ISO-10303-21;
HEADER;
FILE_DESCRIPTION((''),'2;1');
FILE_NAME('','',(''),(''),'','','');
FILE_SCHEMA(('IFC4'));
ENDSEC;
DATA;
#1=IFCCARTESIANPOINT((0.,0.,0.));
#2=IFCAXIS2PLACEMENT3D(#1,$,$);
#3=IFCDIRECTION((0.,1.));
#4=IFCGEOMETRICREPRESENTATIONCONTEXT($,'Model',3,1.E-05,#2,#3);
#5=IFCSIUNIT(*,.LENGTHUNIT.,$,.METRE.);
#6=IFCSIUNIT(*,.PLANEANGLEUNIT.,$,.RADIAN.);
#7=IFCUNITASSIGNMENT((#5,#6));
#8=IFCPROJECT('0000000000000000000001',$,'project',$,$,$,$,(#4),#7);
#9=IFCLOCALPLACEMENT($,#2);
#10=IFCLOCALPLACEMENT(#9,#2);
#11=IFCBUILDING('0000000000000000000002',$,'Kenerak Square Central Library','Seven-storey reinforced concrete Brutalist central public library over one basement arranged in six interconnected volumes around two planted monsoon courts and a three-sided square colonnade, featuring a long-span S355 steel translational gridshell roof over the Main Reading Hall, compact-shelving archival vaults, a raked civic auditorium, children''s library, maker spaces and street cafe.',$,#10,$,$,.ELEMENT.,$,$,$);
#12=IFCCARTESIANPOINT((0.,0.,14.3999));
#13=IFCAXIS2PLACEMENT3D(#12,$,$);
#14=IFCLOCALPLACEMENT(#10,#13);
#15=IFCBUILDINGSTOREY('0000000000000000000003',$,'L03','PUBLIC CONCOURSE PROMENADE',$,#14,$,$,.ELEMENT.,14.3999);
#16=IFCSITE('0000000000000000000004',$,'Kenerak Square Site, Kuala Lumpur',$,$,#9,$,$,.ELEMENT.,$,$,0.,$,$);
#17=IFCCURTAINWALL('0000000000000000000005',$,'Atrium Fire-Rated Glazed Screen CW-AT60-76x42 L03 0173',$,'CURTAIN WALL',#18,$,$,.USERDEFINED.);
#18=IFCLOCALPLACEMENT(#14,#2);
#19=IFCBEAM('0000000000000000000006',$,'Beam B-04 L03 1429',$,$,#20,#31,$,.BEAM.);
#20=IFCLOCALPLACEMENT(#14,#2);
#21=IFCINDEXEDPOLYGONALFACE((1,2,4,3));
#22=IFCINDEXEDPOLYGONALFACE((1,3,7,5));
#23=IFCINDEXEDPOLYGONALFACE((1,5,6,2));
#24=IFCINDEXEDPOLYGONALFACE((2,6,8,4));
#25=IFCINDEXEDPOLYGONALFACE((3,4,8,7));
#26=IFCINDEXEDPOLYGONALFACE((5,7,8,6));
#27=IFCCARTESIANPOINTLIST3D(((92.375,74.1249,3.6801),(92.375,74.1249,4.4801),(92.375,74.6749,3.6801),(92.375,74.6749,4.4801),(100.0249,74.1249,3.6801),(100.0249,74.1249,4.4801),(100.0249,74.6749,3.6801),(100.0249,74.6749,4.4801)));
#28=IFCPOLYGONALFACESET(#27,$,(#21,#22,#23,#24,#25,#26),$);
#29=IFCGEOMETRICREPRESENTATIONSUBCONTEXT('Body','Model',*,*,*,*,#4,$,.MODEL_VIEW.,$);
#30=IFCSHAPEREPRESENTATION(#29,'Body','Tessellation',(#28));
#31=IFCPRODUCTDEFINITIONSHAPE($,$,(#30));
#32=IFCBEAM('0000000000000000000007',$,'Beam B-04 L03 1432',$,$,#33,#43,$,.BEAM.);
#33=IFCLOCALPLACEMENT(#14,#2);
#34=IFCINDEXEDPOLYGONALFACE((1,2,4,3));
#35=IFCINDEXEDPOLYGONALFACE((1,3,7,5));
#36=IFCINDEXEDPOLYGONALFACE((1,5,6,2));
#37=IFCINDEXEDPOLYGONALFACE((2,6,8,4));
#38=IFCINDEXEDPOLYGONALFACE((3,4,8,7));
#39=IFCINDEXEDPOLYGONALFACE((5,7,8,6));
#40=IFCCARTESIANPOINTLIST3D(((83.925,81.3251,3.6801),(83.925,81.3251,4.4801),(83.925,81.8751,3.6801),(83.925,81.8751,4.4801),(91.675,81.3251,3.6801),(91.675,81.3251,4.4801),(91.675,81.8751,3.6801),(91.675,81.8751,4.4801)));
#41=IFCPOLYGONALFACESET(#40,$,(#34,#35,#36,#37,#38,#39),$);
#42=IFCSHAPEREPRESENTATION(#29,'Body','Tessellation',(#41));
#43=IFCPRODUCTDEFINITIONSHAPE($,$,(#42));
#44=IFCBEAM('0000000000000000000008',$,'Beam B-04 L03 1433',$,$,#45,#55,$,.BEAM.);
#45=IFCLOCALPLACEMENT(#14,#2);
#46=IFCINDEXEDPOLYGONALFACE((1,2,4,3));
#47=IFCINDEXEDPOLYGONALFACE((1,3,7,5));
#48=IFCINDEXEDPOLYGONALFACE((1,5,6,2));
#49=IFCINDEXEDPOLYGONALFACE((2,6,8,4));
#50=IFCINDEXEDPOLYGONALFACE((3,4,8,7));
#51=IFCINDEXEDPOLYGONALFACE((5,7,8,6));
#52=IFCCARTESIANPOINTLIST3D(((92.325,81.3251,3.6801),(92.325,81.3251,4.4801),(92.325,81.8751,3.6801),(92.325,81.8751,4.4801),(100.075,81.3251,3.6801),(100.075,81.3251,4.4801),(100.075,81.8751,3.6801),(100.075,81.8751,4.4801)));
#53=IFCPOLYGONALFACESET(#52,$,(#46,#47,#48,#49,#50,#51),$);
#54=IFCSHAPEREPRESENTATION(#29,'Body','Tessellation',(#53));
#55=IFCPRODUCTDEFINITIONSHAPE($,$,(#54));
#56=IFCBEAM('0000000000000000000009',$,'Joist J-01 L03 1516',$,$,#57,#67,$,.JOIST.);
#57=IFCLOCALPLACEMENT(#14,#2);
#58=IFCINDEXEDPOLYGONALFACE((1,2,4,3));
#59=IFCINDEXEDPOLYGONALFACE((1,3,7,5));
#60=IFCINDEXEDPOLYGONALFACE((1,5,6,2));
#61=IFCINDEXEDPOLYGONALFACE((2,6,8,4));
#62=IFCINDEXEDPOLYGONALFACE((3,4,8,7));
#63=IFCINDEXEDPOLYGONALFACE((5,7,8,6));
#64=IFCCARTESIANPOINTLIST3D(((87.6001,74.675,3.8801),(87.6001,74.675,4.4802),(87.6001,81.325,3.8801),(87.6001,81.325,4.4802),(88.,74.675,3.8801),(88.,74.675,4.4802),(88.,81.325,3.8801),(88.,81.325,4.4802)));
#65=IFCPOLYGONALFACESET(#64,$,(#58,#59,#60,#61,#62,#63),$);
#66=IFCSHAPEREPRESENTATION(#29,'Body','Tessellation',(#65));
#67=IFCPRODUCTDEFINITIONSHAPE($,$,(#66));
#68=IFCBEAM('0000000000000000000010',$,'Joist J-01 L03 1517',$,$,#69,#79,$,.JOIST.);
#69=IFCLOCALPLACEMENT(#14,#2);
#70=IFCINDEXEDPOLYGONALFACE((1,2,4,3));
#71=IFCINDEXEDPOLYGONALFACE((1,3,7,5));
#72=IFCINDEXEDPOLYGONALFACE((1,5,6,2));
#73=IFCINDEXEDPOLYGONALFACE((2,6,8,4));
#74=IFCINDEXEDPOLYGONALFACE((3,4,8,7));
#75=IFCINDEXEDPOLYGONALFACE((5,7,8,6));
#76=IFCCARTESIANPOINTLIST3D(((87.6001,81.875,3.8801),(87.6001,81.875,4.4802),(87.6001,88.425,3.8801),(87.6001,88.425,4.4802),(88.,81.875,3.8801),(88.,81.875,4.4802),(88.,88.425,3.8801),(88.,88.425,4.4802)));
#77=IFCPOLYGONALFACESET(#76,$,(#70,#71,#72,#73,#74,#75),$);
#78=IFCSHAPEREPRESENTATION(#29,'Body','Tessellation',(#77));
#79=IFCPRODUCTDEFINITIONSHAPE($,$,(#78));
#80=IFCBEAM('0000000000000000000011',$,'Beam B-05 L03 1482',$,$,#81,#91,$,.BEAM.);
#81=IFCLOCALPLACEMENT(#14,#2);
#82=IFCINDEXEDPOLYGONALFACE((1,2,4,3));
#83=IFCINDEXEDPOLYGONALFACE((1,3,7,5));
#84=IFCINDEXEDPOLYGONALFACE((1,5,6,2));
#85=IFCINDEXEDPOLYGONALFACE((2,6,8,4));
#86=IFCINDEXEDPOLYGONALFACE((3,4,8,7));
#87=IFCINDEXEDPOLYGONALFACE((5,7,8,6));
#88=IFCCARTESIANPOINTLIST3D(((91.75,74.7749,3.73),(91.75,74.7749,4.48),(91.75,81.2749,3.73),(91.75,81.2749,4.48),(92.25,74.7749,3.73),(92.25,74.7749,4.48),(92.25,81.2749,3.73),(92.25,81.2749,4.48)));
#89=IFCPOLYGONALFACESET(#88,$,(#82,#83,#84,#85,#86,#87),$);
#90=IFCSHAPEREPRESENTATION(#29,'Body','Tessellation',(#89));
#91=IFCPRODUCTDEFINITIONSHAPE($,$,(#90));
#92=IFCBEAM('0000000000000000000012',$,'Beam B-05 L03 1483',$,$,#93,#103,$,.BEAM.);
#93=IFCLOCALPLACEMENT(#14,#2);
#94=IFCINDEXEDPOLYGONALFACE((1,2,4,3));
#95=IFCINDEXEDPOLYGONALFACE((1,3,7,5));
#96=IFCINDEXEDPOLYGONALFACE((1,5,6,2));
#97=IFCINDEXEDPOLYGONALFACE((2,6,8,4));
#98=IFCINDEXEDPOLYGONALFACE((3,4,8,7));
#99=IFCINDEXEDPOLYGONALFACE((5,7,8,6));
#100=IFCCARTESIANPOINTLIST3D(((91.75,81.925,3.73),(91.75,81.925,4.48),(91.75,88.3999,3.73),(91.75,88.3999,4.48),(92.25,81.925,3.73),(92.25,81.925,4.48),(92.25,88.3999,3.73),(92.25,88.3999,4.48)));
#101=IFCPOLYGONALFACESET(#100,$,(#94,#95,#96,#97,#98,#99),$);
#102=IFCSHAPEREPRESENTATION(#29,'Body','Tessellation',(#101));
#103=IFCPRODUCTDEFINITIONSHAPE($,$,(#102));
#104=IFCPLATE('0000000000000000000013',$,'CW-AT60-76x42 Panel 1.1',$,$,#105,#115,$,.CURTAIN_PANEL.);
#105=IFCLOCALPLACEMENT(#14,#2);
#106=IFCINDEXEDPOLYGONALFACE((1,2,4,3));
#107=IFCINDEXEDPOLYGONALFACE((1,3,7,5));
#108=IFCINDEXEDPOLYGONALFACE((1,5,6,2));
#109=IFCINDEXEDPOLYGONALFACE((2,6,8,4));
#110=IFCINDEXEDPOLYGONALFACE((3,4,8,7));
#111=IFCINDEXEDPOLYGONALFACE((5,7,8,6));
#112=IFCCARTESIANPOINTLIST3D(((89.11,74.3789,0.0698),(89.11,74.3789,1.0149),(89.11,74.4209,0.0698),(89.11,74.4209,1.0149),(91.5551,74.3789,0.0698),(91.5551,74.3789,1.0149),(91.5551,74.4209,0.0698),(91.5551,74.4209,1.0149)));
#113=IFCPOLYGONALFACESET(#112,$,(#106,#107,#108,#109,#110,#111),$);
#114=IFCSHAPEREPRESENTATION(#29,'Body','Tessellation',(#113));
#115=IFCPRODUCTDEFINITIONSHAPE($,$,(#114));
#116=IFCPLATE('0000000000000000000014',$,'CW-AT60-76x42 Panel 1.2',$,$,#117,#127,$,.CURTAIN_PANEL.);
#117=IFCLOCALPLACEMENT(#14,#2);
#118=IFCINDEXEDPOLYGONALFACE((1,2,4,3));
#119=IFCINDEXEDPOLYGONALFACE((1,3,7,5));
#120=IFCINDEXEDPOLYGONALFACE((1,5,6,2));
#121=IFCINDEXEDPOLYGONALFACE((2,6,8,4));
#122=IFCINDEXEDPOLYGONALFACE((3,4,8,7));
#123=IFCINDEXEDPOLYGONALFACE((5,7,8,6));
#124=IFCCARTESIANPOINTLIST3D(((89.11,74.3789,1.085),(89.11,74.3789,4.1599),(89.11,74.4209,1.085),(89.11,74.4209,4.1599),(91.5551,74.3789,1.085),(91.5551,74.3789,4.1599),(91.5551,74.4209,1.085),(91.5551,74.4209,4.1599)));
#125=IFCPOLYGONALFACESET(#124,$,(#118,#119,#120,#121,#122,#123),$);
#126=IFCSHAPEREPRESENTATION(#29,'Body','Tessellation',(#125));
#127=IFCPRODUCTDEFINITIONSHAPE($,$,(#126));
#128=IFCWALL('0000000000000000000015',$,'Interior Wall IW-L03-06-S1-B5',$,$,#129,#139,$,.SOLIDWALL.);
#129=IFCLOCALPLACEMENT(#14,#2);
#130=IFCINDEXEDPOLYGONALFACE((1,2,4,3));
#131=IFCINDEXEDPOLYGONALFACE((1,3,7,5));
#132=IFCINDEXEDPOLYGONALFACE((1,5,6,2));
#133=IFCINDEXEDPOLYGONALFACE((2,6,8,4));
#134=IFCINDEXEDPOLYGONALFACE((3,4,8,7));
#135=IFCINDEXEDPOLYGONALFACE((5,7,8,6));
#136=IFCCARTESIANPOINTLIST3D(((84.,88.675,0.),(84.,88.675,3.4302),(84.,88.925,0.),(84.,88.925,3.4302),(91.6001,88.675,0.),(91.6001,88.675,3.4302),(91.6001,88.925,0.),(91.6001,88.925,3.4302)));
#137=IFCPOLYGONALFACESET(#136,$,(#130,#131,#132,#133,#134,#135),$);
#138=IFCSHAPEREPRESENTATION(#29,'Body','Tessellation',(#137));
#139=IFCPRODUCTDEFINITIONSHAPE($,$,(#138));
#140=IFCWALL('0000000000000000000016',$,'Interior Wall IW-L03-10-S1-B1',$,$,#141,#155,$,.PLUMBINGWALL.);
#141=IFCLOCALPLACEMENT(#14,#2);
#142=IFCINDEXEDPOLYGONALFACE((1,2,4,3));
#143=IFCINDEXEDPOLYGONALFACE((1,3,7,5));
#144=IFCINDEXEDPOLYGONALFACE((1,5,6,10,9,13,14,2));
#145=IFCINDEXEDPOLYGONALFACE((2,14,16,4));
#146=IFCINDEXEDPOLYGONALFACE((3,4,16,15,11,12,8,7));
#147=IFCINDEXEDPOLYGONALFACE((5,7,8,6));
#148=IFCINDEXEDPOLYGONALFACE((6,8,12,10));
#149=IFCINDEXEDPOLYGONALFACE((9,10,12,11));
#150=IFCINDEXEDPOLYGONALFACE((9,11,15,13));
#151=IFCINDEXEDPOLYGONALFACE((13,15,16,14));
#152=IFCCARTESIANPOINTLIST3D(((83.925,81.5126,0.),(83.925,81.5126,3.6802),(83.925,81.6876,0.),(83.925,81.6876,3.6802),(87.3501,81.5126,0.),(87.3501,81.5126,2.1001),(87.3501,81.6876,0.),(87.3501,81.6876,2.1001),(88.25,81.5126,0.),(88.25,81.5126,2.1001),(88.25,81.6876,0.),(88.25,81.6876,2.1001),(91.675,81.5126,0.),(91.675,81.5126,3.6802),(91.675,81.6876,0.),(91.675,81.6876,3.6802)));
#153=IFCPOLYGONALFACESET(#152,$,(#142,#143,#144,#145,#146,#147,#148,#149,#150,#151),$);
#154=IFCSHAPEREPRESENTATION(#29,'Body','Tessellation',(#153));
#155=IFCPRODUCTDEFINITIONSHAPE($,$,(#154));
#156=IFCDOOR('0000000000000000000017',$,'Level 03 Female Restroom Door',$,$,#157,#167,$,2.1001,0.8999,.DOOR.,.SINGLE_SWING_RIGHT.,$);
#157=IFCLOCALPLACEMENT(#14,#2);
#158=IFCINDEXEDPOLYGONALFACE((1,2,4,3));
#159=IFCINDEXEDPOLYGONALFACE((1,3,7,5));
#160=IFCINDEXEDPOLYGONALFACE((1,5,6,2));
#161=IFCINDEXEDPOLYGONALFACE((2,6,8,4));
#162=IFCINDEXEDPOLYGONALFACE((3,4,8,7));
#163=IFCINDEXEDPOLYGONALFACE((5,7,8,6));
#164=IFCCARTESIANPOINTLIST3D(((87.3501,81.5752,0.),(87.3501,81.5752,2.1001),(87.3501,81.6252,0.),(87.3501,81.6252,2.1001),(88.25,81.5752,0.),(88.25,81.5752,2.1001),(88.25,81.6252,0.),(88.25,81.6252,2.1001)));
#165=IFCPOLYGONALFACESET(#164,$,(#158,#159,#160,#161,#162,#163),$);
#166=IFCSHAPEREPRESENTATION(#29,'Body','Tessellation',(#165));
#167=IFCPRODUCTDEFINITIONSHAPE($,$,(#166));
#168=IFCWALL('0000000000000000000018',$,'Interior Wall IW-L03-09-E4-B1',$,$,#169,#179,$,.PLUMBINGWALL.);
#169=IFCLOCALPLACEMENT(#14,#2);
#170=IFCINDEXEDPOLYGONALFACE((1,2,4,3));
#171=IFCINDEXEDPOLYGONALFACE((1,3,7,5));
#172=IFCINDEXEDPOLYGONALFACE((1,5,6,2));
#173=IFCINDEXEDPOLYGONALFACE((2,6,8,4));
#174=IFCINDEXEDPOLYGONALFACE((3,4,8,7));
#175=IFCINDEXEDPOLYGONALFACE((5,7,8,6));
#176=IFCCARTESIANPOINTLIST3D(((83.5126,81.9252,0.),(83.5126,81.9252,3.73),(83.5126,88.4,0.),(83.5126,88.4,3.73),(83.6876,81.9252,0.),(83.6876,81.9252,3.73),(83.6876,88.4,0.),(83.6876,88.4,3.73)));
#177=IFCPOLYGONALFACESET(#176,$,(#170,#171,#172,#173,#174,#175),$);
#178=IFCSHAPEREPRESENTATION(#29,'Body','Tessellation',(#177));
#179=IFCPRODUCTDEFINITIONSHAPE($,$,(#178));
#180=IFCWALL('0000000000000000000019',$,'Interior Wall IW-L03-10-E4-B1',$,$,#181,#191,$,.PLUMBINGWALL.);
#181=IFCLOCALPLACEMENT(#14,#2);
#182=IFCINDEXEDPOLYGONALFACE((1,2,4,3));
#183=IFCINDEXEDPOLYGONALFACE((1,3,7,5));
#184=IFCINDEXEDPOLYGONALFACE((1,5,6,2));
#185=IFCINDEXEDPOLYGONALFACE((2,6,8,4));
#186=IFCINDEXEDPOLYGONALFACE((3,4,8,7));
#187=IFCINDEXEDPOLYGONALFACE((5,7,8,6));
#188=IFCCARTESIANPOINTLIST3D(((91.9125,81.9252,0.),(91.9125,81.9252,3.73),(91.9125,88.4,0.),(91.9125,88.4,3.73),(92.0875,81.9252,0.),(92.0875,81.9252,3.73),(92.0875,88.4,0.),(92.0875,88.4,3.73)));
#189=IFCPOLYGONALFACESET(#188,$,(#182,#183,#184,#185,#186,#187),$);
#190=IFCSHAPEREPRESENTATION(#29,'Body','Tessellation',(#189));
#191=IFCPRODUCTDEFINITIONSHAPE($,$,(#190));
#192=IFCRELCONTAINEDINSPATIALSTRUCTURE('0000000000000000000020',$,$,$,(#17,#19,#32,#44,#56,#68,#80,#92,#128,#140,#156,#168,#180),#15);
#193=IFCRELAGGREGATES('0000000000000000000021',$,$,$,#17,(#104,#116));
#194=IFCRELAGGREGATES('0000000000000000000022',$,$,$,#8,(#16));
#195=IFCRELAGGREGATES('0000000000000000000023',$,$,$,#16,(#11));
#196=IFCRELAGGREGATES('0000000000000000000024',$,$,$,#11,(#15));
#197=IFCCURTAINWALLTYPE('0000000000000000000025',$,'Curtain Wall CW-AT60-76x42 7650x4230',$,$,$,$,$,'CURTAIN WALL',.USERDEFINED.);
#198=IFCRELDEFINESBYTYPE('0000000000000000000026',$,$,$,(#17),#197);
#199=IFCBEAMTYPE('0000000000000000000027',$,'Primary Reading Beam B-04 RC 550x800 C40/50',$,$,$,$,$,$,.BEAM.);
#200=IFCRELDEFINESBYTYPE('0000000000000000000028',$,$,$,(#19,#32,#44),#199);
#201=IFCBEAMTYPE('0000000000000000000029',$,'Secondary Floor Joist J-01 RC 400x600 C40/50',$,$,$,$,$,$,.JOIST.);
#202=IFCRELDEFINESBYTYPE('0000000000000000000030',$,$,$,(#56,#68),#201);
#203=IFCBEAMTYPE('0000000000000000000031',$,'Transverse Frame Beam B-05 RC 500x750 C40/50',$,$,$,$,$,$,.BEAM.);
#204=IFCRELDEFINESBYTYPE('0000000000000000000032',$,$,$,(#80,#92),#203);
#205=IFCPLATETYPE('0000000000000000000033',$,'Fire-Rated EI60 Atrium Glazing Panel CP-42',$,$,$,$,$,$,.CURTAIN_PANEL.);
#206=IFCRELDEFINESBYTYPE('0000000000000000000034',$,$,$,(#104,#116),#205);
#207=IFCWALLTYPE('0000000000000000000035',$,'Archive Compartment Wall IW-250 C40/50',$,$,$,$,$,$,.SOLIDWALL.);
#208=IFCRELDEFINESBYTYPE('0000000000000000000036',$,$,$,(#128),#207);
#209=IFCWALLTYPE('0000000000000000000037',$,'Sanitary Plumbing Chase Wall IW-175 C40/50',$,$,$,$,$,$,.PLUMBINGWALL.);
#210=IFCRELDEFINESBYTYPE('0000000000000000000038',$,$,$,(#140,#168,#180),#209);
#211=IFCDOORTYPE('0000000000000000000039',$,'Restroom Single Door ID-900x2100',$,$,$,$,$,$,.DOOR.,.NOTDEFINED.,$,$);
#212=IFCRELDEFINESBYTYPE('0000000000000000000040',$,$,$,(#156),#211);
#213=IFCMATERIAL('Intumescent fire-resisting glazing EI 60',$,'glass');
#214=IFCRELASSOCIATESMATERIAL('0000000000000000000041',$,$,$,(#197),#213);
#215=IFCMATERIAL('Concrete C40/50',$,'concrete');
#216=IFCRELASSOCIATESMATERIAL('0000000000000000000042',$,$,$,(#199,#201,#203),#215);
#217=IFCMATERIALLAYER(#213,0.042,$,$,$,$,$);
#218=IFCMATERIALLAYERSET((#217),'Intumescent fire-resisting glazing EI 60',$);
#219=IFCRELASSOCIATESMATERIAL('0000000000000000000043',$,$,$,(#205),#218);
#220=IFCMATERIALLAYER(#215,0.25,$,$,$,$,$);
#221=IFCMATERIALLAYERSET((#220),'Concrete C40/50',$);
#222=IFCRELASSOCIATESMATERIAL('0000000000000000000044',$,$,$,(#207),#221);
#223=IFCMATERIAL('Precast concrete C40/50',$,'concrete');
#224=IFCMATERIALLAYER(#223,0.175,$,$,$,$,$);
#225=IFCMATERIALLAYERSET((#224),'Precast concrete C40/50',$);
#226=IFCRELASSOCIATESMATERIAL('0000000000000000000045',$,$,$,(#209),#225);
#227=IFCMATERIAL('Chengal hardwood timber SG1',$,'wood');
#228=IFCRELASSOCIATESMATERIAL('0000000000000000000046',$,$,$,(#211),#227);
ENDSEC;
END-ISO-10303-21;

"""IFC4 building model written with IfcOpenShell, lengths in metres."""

from ifc_helpers import new_model, si_unit, direction, frame, frame_2d, origin, origin_2d, place, context, subcontext, project, spatial, rectangle, extrude, material, layer, layer_set, material_profile, profile_set, type_object, element, fill, aggregate, save


model = new_model("IFC4")

# Units and contexts
model_context = context("Model", 3, precision=1e-05, world=origin(), true_north=direction((0.0, 1.0)))
body_context = subcontext(model_context, "Body", "Model", "MODEL_VIEW")
ifc_project = project(units=[si_unit("LENGTHUNIT", "METRE"), si_unit("PLANEANGLEUNIT", "RADIAN")], contexts=[model_context])

# Site, building, storey
site_placement = place(None, origin())
site = spatial("IfcSite", under=ifc_project, at=site_placement, Name="Kenerak Square Site, Kuala Lumpur", CompositionType="ELEMENT", RefElevation=0.0)
building_placement = place(site_placement, origin())
building = spatial("IfcBuilding", under=site, at=building_placement, Name="Kenerak Square Central Library", Description="Seven-storey reinforced concrete Brutalist central public library over one basement arranged in six interconnected volumes around two planted monsoon courts and a three-sided square colonnade, featuring a long-span S355 steel translational gridshell roof over the Main Reading Hall, compact-shelving archival vaults, a raked civic auditorium, children's library, maker spaces and street cafe.", CompositionType="ELEMENT")
storey_placement = place(building_placement, frame((0.0, 0.0, 14.3999)))
storey = spatial("IfcBuildingStorey", under=building, at=storey_placement, Name="L03", Description="PUBLIC CONCOURSE PROMENADE", CompositionType="ELEMENT", Elevation=14.3999)

# Shared definitions
ifc_material_1 = material(Name="Concrete C40/50", Category="concrete")

# Shared definitions
ifc_material_2 = material(Name="Intumescent fire-resisting glazing EI 60", Category="glass")
curtain_wall_type = type_object("IfcCurtainWallType", Name="Curtain Wall CW-AT60-76x42 7650x4230", ElementType="CURTAIN WALL", PredefinedType="USERDEFINED", material=ifc_material_2)

# Curtain wall
curtain_wall_1_placement = place(storey_placement, origin())
curtain_wall_1 = element("IfcCurtainWall", 1, at=curtain_wall_1_placement, inside=storey, type_object=curtain_wall_type, Name="Atrium Fire-Rated Glazed Screen CW-AT60-76x42 L03 0173", ObjectType="CURTAIN WALL", PredefinedType="USERDEFINED")

# Beams
ifc_material_profile_1 = material_profile(ifc_material_1, rectangle(XDim=0.55, YDim=0.8, at=origin_2d()), Name="RC 550x800")
ifc_profile_set_1 = profile_set([ifc_material_profile_1], Name="Concrete C40/50")
beam_type_1 = type_object("IfcBeamType", Name="Primary Reading Beam B-04 RC 550x800 C40/50", PredefinedType="BEAM", material=ifc_profile_set_1)
beam_1_placement = place(storey_placement, frame((92.375, 74.3999, 4.0801), z_axis=(1.0, 0.0, 0.0), x_axis=(0.0, 1.0, 0.0)))
element("IfcBeam", 2, at=beam_1_placement, inside=storey, type_object=beam_type_1, Name="Beam B-04 L03 1429", PredefinedType="BEAM", context=body_context, shape_type="SweptSolid", body=[
    extrude(rectangle(XDim=0.55, YDim=0.8, at=origin_2d()), origin(), (0.0, 0.0, 1.0), 7.6499),
])
for number, where, z_axis, x_axis, name in (
    (3, (83.925, 81.6001, 4.0801), (1.0, 0.0, 0.0), (0.0, 1.0, 0.0), "Beam B-04 L03 1432"),
    (4, (92.325, 81.6001, 4.0801), (1.0, 0.0, 0.0), (0.0, 1.0, 0.0), "Beam B-04 L03 1433"),
):
    element("IfcBeam", number, at=place(storey_placement, frame(where, z_axis=z_axis, x_axis=x_axis)), inside=storey, type_object=beam_type_1, Name=name, PredefinedType="BEAM", context=body_context, shape_type="SweptSolid", body=[
        extrude(rectangle(XDim=0.55, YDim=0.8, at=origin_2d()), origin(), (0.0, 0.0, 1.0), 7.75),
    ])
ifc_material_profile_2 = material_profile(ifc_material_1, rectangle(XDim=0.3999, YDim=0.6001, at=origin_2d()), Name="RC 400x600")
ifc_profile_set_2 = profile_set([ifc_material_profile_2], Name="Concrete C40/50")
beam_type_2 = type_object("IfcBeamType", Name="Secondary Floor Joist J-01 RC 400x600 C40/50", PredefinedType="JOIST", material=ifc_profile_set_2)
beam_2_placement = place(storey_placement, frame((87.8, 74.675, 4.1802), z_axis=(0.0, 1.0, 0.0), x_axis=(-1.0, 0.0, 0.0)))
element("IfcBeam", 5, at=beam_2_placement, inside=storey, type_object=beam_type_2, Name="Joist J-01 L03 1516", PredefinedType="JOIST", context=body_context, shape_type="SweptSolid", body=[
    extrude(rectangle(XDim=0.3999, YDim=0.6001, at=origin_2d()), origin(), (0.0, 0.0, 1.0), 6.6499),
])
beam_3_placement = place(storey_placement, frame((87.8, 81.875, 4.1802), z_axis=(0.0, 1.0, 0.0), x_axis=(-1.0, 0.0, 0.0)))
element("IfcBeam", 6, at=beam_3_placement, inside=storey, type_object=beam_type_2, Name="Joist J-01 L03 1517", PredefinedType="JOIST", context=body_context, shape_type="SweptSolid", body=[
    extrude(rectangle(XDim=0.3999, YDim=0.6001, at=origin_2d()), origin(), (0.0, 0.0, 1.0), 6.55),
])
ifc_material_profile_3 = material_profile(ifc_material_1, rectangle(XDim=0.5, YDim=0.75, at=origin_2d()), Name="RC 500x750")
ifc_profile_set_3 = profile_set([ifc_material_profile_3], Name="Concrete C40/50")
beam_type_3 = type_object("IfcBeamType", Name="Transverse Frame Beam B-05 RC 500x750 C40/50", PredefinedType="BEAM", material=ifc_profile_set_3)
beam_4_placement = place(storey_placement, frame((92.0, 74.7749, 4.105), z_axis=(0.0, 1.0, 0.0), x_axis=(-1.0, 0.0, 0.0)))
element("IfcBeam", 7, at=beam_4_placement, inside=storey, type_object=beam_type_3, Name="Beam B-05 L03 1482", PredefinedType="BEAM", context=body_context, shape_type="SweptSolid", body=[
    extrude(rectangle(XDim=0.5, YDim=0.75, at=origin_2d()), origin(), (0.0, 0.0, 1.0), 6.5),
])
beam_5_placement = place(storey_placement, frame((92.0, 81.925, 4.105), z_axis=(0.0, 1.0, 0.0), x_axis=(-1.0, 0.0, 0.0)))
element("IfcBeam", 8, at=beam_5_placement, inside=storey, type_object=beam_type_3, Name="Beam B-05 L03 1483", PredefinedType="BEAM", context=body_context, shape_type="SweptSolid", body=[
    extrude(rectangle(XDim=0.5, YDim=0.75, at=origin_2d()), origin(), (0.0, 0.0, 1.0), 6.4749),
])

# Plates
ifc_layer_1 = layer(ifc_material_2, 0.042)
ifc_layer_set_1 = layer_set([ifc_layer_1], Name="Intumescent fire-resisting glazing EI 60")
plate_type = type_object("IfcPlateType", Name="Fire-Rated EI60 Atrium Glazing Panel CP-42", PredefinedType="CURTAIN_PANEL", material=ifc_layer_set_1)
plate_1_placement = place(storey_placement, frame((90.3325, 74.3999, 0.0698), z_axis=(0.0, 0.0, 1.0), x_axis=(-1.0, 0.0, 0.0)))
plate_1 = element("IfcPlate", 9, at=plate_1_placement, type_object=plate_type, Name="CW-AT60-76x42 Panel 1.1", PredefinedType="CURTAIN_PANEL", context=body_context, shape_type="SweptSolid", body=[
    extrude(rectangle(XDim=2.4451, YDim=0.042, at=origin_2d()), origin(), (0.0, 0.0, 1.0), 0.9451),
])
plate_2_placement = place(storey_placement, frame((90.3325, 74.3999, 1.085), z_axis=(0.0, 0.0, 1.0), x_axis=(-1.0, 0.0, 0.0)))
plate_2 = element("IfcPlate", 10, at=plate_2_placement, type_object=plate_type, Name="CW-AT60-76x42 Panel 1.2", PredefinedType="CURTAIN_PANEL", context=body_context, shape_type="SweptSolid", body=[
    extrude(rectangle(XDim=2.4451, YDim=0.042, at=origin_2d()), origin(), (0.0, 0.0, 1.0), 3.075),
])
aggregate(curtain_wall_1, [plate_1, plate_2])

# Wall
ifc_layer_2 = layer(ifc_material_1, 0.25)
ifc_layer_set_2 = layer_set([ifc_layer_2], Name="Concrete C40/50")
wall_type_1 = type_object("IfcWallType", Name="Archive Compartment Wall IW-250 C40/50", PredefinedType="SOLIDWALL", material=ifc_layer_set_2)
wall_1_placement = place(storey_placement, frame((91.6001, 88.8, 0.0), z_axis=(0.0, 0.0, 1.0), x_axis=(-1.0, 0.0, 0.0)))
element("IfcWall", 11, at=wall_1_placement, inside=storey, type_object=wall_type_1, Name="Interior Wall IW-L03-06-S1-B5", PredefinedType="SOLIDWALL", context=body_context, shape_type="SweptSolid", body=[
    extrude(rectangle(XDim=7.6001, YDim=0.25, at=frame_2d((3.8, 0.0))), origin(), (0.0, 0.0, 1.0), 3.4302),
])

# Wall, opening, door
ifc_material_3 = material(Name="Precast concrete C40/50", Category="concrete")
ifc_layer_3 = layer(ifc_material_3, 0.175)
ifc_layer_set_3 = layer_set([ifc_layer_3], Name="Precast concrete C40/50")
wall_type_2 = type_object("IfcWallType", Name="Sanitary Plumbing Chase Wall IW-175 C40/50", PredefinedType="PLUMBINGWALL", material=ifc_layer_set_3)
wall_2_placement = place(storey_placement, frame((91.675, 81.6001, 0.0), z_axis=(0.0, 0.0, 1.0), x_axis=(-1.0, 0.0, 0.0)))
wall_2 = element("IfcWall", 12, at=wall_2_placement, inside=storey, type_object=wall_type_2, Name="Interior Wall IW-L03-10-S1-B1", PredefinedType="PLUMBINGWALL", context=body_context, shape_type="SweptSolid", body=[
    extrude(rectangle(XDim=7.75, YDim=0.175, at=frame_2d((3.875, 0.0))), origin(), (0.0, 0.0, 1.0), 3.6802),
])
opening_placement = place(wall_2_placement, frame((3.425, 0.0, 0.0)))
opening = element("IfcOpeningElement", 13, at=opening_placement, cuts=wall_2, PredefinedType="OPENING", context=body_context, shape_type="SweptSolid", body=[
    extrude(rectangle(XDim=0.8999, YDim=2.1001, at=frame_2d((0.45, 1.05))), frame((0.0, 0.0974, 0.0), z_axis=(0.0, -1.0, 0.0), x_axis=(1.0, 0.0, 0.0)), (0.0, 0.0, 1.0), 0.1951),
])
ifc_material_4 = material(Name="Chengal hardwood timber SG1", Category="wood")
door_type = type_object("IfcDoorType", Name="Restroom Single Door ID-900x2100", OperationType="NOTDEFINED", PredefinedType="DOOR", material=ifc_material_4)
door_placement = place(opening_placement, origin())
door = element("IfcDoor", 14, at=door_placement, inside=storey, type_object=door_type, Name="Level 03 Female Restroom Door", OperationType="SINGLE_SWING_RIGHT", OverallHeight=2.1001, OverallWidth=0.8999, PredefinedType="DOOR", context=body_context, shape_type="SweptSolid", body=[
    extrude(rectangle(XDim=0.8999, YDim=2.1001, at=frame_2d((0.45, 1.05))), frame((0.0, 0.0249, 0.0), z_axis=(0.0, -1.0, 0.0), x_axis=(1.0, 0.0, 0.0)), (0.0, 0.0, 1.0), 0.05),
])
fill(opening, door)

# Walls
for number, where, z_axis, x_axis, name in (
    (15, (83.6001, 88.3999, 0.0), (0.0, 0.0, 1.0), (0.0, -1.0, 0.0), "Interior Wall IW-L03-09-E4-B1"),
    (16, (92.0, 88.3999, 0.0), (0.0, 0.0, 1.0), (0.0, -1.0, 0.0), "Interior Wall IW-L03-10-E4-B1"),
):
    element("IfcWall", number, at=place(storey_placement, frame(where, z_axis=z_axis, x_axis=x_axis)), inside=storey, type_object=wall_type_2, Name=name, PredefinedType="PLUMBINGWALL", context=body_context, shape_type="SweptSolid", body=[
        extrude(rectangle(XDim=6.4749, YDim=0.175, at=frame_2d((3.2373, 0.0))), origin(), (0.0, 0.0, 1.0), 3.73),
    ])

save(model, "model.ifc")
